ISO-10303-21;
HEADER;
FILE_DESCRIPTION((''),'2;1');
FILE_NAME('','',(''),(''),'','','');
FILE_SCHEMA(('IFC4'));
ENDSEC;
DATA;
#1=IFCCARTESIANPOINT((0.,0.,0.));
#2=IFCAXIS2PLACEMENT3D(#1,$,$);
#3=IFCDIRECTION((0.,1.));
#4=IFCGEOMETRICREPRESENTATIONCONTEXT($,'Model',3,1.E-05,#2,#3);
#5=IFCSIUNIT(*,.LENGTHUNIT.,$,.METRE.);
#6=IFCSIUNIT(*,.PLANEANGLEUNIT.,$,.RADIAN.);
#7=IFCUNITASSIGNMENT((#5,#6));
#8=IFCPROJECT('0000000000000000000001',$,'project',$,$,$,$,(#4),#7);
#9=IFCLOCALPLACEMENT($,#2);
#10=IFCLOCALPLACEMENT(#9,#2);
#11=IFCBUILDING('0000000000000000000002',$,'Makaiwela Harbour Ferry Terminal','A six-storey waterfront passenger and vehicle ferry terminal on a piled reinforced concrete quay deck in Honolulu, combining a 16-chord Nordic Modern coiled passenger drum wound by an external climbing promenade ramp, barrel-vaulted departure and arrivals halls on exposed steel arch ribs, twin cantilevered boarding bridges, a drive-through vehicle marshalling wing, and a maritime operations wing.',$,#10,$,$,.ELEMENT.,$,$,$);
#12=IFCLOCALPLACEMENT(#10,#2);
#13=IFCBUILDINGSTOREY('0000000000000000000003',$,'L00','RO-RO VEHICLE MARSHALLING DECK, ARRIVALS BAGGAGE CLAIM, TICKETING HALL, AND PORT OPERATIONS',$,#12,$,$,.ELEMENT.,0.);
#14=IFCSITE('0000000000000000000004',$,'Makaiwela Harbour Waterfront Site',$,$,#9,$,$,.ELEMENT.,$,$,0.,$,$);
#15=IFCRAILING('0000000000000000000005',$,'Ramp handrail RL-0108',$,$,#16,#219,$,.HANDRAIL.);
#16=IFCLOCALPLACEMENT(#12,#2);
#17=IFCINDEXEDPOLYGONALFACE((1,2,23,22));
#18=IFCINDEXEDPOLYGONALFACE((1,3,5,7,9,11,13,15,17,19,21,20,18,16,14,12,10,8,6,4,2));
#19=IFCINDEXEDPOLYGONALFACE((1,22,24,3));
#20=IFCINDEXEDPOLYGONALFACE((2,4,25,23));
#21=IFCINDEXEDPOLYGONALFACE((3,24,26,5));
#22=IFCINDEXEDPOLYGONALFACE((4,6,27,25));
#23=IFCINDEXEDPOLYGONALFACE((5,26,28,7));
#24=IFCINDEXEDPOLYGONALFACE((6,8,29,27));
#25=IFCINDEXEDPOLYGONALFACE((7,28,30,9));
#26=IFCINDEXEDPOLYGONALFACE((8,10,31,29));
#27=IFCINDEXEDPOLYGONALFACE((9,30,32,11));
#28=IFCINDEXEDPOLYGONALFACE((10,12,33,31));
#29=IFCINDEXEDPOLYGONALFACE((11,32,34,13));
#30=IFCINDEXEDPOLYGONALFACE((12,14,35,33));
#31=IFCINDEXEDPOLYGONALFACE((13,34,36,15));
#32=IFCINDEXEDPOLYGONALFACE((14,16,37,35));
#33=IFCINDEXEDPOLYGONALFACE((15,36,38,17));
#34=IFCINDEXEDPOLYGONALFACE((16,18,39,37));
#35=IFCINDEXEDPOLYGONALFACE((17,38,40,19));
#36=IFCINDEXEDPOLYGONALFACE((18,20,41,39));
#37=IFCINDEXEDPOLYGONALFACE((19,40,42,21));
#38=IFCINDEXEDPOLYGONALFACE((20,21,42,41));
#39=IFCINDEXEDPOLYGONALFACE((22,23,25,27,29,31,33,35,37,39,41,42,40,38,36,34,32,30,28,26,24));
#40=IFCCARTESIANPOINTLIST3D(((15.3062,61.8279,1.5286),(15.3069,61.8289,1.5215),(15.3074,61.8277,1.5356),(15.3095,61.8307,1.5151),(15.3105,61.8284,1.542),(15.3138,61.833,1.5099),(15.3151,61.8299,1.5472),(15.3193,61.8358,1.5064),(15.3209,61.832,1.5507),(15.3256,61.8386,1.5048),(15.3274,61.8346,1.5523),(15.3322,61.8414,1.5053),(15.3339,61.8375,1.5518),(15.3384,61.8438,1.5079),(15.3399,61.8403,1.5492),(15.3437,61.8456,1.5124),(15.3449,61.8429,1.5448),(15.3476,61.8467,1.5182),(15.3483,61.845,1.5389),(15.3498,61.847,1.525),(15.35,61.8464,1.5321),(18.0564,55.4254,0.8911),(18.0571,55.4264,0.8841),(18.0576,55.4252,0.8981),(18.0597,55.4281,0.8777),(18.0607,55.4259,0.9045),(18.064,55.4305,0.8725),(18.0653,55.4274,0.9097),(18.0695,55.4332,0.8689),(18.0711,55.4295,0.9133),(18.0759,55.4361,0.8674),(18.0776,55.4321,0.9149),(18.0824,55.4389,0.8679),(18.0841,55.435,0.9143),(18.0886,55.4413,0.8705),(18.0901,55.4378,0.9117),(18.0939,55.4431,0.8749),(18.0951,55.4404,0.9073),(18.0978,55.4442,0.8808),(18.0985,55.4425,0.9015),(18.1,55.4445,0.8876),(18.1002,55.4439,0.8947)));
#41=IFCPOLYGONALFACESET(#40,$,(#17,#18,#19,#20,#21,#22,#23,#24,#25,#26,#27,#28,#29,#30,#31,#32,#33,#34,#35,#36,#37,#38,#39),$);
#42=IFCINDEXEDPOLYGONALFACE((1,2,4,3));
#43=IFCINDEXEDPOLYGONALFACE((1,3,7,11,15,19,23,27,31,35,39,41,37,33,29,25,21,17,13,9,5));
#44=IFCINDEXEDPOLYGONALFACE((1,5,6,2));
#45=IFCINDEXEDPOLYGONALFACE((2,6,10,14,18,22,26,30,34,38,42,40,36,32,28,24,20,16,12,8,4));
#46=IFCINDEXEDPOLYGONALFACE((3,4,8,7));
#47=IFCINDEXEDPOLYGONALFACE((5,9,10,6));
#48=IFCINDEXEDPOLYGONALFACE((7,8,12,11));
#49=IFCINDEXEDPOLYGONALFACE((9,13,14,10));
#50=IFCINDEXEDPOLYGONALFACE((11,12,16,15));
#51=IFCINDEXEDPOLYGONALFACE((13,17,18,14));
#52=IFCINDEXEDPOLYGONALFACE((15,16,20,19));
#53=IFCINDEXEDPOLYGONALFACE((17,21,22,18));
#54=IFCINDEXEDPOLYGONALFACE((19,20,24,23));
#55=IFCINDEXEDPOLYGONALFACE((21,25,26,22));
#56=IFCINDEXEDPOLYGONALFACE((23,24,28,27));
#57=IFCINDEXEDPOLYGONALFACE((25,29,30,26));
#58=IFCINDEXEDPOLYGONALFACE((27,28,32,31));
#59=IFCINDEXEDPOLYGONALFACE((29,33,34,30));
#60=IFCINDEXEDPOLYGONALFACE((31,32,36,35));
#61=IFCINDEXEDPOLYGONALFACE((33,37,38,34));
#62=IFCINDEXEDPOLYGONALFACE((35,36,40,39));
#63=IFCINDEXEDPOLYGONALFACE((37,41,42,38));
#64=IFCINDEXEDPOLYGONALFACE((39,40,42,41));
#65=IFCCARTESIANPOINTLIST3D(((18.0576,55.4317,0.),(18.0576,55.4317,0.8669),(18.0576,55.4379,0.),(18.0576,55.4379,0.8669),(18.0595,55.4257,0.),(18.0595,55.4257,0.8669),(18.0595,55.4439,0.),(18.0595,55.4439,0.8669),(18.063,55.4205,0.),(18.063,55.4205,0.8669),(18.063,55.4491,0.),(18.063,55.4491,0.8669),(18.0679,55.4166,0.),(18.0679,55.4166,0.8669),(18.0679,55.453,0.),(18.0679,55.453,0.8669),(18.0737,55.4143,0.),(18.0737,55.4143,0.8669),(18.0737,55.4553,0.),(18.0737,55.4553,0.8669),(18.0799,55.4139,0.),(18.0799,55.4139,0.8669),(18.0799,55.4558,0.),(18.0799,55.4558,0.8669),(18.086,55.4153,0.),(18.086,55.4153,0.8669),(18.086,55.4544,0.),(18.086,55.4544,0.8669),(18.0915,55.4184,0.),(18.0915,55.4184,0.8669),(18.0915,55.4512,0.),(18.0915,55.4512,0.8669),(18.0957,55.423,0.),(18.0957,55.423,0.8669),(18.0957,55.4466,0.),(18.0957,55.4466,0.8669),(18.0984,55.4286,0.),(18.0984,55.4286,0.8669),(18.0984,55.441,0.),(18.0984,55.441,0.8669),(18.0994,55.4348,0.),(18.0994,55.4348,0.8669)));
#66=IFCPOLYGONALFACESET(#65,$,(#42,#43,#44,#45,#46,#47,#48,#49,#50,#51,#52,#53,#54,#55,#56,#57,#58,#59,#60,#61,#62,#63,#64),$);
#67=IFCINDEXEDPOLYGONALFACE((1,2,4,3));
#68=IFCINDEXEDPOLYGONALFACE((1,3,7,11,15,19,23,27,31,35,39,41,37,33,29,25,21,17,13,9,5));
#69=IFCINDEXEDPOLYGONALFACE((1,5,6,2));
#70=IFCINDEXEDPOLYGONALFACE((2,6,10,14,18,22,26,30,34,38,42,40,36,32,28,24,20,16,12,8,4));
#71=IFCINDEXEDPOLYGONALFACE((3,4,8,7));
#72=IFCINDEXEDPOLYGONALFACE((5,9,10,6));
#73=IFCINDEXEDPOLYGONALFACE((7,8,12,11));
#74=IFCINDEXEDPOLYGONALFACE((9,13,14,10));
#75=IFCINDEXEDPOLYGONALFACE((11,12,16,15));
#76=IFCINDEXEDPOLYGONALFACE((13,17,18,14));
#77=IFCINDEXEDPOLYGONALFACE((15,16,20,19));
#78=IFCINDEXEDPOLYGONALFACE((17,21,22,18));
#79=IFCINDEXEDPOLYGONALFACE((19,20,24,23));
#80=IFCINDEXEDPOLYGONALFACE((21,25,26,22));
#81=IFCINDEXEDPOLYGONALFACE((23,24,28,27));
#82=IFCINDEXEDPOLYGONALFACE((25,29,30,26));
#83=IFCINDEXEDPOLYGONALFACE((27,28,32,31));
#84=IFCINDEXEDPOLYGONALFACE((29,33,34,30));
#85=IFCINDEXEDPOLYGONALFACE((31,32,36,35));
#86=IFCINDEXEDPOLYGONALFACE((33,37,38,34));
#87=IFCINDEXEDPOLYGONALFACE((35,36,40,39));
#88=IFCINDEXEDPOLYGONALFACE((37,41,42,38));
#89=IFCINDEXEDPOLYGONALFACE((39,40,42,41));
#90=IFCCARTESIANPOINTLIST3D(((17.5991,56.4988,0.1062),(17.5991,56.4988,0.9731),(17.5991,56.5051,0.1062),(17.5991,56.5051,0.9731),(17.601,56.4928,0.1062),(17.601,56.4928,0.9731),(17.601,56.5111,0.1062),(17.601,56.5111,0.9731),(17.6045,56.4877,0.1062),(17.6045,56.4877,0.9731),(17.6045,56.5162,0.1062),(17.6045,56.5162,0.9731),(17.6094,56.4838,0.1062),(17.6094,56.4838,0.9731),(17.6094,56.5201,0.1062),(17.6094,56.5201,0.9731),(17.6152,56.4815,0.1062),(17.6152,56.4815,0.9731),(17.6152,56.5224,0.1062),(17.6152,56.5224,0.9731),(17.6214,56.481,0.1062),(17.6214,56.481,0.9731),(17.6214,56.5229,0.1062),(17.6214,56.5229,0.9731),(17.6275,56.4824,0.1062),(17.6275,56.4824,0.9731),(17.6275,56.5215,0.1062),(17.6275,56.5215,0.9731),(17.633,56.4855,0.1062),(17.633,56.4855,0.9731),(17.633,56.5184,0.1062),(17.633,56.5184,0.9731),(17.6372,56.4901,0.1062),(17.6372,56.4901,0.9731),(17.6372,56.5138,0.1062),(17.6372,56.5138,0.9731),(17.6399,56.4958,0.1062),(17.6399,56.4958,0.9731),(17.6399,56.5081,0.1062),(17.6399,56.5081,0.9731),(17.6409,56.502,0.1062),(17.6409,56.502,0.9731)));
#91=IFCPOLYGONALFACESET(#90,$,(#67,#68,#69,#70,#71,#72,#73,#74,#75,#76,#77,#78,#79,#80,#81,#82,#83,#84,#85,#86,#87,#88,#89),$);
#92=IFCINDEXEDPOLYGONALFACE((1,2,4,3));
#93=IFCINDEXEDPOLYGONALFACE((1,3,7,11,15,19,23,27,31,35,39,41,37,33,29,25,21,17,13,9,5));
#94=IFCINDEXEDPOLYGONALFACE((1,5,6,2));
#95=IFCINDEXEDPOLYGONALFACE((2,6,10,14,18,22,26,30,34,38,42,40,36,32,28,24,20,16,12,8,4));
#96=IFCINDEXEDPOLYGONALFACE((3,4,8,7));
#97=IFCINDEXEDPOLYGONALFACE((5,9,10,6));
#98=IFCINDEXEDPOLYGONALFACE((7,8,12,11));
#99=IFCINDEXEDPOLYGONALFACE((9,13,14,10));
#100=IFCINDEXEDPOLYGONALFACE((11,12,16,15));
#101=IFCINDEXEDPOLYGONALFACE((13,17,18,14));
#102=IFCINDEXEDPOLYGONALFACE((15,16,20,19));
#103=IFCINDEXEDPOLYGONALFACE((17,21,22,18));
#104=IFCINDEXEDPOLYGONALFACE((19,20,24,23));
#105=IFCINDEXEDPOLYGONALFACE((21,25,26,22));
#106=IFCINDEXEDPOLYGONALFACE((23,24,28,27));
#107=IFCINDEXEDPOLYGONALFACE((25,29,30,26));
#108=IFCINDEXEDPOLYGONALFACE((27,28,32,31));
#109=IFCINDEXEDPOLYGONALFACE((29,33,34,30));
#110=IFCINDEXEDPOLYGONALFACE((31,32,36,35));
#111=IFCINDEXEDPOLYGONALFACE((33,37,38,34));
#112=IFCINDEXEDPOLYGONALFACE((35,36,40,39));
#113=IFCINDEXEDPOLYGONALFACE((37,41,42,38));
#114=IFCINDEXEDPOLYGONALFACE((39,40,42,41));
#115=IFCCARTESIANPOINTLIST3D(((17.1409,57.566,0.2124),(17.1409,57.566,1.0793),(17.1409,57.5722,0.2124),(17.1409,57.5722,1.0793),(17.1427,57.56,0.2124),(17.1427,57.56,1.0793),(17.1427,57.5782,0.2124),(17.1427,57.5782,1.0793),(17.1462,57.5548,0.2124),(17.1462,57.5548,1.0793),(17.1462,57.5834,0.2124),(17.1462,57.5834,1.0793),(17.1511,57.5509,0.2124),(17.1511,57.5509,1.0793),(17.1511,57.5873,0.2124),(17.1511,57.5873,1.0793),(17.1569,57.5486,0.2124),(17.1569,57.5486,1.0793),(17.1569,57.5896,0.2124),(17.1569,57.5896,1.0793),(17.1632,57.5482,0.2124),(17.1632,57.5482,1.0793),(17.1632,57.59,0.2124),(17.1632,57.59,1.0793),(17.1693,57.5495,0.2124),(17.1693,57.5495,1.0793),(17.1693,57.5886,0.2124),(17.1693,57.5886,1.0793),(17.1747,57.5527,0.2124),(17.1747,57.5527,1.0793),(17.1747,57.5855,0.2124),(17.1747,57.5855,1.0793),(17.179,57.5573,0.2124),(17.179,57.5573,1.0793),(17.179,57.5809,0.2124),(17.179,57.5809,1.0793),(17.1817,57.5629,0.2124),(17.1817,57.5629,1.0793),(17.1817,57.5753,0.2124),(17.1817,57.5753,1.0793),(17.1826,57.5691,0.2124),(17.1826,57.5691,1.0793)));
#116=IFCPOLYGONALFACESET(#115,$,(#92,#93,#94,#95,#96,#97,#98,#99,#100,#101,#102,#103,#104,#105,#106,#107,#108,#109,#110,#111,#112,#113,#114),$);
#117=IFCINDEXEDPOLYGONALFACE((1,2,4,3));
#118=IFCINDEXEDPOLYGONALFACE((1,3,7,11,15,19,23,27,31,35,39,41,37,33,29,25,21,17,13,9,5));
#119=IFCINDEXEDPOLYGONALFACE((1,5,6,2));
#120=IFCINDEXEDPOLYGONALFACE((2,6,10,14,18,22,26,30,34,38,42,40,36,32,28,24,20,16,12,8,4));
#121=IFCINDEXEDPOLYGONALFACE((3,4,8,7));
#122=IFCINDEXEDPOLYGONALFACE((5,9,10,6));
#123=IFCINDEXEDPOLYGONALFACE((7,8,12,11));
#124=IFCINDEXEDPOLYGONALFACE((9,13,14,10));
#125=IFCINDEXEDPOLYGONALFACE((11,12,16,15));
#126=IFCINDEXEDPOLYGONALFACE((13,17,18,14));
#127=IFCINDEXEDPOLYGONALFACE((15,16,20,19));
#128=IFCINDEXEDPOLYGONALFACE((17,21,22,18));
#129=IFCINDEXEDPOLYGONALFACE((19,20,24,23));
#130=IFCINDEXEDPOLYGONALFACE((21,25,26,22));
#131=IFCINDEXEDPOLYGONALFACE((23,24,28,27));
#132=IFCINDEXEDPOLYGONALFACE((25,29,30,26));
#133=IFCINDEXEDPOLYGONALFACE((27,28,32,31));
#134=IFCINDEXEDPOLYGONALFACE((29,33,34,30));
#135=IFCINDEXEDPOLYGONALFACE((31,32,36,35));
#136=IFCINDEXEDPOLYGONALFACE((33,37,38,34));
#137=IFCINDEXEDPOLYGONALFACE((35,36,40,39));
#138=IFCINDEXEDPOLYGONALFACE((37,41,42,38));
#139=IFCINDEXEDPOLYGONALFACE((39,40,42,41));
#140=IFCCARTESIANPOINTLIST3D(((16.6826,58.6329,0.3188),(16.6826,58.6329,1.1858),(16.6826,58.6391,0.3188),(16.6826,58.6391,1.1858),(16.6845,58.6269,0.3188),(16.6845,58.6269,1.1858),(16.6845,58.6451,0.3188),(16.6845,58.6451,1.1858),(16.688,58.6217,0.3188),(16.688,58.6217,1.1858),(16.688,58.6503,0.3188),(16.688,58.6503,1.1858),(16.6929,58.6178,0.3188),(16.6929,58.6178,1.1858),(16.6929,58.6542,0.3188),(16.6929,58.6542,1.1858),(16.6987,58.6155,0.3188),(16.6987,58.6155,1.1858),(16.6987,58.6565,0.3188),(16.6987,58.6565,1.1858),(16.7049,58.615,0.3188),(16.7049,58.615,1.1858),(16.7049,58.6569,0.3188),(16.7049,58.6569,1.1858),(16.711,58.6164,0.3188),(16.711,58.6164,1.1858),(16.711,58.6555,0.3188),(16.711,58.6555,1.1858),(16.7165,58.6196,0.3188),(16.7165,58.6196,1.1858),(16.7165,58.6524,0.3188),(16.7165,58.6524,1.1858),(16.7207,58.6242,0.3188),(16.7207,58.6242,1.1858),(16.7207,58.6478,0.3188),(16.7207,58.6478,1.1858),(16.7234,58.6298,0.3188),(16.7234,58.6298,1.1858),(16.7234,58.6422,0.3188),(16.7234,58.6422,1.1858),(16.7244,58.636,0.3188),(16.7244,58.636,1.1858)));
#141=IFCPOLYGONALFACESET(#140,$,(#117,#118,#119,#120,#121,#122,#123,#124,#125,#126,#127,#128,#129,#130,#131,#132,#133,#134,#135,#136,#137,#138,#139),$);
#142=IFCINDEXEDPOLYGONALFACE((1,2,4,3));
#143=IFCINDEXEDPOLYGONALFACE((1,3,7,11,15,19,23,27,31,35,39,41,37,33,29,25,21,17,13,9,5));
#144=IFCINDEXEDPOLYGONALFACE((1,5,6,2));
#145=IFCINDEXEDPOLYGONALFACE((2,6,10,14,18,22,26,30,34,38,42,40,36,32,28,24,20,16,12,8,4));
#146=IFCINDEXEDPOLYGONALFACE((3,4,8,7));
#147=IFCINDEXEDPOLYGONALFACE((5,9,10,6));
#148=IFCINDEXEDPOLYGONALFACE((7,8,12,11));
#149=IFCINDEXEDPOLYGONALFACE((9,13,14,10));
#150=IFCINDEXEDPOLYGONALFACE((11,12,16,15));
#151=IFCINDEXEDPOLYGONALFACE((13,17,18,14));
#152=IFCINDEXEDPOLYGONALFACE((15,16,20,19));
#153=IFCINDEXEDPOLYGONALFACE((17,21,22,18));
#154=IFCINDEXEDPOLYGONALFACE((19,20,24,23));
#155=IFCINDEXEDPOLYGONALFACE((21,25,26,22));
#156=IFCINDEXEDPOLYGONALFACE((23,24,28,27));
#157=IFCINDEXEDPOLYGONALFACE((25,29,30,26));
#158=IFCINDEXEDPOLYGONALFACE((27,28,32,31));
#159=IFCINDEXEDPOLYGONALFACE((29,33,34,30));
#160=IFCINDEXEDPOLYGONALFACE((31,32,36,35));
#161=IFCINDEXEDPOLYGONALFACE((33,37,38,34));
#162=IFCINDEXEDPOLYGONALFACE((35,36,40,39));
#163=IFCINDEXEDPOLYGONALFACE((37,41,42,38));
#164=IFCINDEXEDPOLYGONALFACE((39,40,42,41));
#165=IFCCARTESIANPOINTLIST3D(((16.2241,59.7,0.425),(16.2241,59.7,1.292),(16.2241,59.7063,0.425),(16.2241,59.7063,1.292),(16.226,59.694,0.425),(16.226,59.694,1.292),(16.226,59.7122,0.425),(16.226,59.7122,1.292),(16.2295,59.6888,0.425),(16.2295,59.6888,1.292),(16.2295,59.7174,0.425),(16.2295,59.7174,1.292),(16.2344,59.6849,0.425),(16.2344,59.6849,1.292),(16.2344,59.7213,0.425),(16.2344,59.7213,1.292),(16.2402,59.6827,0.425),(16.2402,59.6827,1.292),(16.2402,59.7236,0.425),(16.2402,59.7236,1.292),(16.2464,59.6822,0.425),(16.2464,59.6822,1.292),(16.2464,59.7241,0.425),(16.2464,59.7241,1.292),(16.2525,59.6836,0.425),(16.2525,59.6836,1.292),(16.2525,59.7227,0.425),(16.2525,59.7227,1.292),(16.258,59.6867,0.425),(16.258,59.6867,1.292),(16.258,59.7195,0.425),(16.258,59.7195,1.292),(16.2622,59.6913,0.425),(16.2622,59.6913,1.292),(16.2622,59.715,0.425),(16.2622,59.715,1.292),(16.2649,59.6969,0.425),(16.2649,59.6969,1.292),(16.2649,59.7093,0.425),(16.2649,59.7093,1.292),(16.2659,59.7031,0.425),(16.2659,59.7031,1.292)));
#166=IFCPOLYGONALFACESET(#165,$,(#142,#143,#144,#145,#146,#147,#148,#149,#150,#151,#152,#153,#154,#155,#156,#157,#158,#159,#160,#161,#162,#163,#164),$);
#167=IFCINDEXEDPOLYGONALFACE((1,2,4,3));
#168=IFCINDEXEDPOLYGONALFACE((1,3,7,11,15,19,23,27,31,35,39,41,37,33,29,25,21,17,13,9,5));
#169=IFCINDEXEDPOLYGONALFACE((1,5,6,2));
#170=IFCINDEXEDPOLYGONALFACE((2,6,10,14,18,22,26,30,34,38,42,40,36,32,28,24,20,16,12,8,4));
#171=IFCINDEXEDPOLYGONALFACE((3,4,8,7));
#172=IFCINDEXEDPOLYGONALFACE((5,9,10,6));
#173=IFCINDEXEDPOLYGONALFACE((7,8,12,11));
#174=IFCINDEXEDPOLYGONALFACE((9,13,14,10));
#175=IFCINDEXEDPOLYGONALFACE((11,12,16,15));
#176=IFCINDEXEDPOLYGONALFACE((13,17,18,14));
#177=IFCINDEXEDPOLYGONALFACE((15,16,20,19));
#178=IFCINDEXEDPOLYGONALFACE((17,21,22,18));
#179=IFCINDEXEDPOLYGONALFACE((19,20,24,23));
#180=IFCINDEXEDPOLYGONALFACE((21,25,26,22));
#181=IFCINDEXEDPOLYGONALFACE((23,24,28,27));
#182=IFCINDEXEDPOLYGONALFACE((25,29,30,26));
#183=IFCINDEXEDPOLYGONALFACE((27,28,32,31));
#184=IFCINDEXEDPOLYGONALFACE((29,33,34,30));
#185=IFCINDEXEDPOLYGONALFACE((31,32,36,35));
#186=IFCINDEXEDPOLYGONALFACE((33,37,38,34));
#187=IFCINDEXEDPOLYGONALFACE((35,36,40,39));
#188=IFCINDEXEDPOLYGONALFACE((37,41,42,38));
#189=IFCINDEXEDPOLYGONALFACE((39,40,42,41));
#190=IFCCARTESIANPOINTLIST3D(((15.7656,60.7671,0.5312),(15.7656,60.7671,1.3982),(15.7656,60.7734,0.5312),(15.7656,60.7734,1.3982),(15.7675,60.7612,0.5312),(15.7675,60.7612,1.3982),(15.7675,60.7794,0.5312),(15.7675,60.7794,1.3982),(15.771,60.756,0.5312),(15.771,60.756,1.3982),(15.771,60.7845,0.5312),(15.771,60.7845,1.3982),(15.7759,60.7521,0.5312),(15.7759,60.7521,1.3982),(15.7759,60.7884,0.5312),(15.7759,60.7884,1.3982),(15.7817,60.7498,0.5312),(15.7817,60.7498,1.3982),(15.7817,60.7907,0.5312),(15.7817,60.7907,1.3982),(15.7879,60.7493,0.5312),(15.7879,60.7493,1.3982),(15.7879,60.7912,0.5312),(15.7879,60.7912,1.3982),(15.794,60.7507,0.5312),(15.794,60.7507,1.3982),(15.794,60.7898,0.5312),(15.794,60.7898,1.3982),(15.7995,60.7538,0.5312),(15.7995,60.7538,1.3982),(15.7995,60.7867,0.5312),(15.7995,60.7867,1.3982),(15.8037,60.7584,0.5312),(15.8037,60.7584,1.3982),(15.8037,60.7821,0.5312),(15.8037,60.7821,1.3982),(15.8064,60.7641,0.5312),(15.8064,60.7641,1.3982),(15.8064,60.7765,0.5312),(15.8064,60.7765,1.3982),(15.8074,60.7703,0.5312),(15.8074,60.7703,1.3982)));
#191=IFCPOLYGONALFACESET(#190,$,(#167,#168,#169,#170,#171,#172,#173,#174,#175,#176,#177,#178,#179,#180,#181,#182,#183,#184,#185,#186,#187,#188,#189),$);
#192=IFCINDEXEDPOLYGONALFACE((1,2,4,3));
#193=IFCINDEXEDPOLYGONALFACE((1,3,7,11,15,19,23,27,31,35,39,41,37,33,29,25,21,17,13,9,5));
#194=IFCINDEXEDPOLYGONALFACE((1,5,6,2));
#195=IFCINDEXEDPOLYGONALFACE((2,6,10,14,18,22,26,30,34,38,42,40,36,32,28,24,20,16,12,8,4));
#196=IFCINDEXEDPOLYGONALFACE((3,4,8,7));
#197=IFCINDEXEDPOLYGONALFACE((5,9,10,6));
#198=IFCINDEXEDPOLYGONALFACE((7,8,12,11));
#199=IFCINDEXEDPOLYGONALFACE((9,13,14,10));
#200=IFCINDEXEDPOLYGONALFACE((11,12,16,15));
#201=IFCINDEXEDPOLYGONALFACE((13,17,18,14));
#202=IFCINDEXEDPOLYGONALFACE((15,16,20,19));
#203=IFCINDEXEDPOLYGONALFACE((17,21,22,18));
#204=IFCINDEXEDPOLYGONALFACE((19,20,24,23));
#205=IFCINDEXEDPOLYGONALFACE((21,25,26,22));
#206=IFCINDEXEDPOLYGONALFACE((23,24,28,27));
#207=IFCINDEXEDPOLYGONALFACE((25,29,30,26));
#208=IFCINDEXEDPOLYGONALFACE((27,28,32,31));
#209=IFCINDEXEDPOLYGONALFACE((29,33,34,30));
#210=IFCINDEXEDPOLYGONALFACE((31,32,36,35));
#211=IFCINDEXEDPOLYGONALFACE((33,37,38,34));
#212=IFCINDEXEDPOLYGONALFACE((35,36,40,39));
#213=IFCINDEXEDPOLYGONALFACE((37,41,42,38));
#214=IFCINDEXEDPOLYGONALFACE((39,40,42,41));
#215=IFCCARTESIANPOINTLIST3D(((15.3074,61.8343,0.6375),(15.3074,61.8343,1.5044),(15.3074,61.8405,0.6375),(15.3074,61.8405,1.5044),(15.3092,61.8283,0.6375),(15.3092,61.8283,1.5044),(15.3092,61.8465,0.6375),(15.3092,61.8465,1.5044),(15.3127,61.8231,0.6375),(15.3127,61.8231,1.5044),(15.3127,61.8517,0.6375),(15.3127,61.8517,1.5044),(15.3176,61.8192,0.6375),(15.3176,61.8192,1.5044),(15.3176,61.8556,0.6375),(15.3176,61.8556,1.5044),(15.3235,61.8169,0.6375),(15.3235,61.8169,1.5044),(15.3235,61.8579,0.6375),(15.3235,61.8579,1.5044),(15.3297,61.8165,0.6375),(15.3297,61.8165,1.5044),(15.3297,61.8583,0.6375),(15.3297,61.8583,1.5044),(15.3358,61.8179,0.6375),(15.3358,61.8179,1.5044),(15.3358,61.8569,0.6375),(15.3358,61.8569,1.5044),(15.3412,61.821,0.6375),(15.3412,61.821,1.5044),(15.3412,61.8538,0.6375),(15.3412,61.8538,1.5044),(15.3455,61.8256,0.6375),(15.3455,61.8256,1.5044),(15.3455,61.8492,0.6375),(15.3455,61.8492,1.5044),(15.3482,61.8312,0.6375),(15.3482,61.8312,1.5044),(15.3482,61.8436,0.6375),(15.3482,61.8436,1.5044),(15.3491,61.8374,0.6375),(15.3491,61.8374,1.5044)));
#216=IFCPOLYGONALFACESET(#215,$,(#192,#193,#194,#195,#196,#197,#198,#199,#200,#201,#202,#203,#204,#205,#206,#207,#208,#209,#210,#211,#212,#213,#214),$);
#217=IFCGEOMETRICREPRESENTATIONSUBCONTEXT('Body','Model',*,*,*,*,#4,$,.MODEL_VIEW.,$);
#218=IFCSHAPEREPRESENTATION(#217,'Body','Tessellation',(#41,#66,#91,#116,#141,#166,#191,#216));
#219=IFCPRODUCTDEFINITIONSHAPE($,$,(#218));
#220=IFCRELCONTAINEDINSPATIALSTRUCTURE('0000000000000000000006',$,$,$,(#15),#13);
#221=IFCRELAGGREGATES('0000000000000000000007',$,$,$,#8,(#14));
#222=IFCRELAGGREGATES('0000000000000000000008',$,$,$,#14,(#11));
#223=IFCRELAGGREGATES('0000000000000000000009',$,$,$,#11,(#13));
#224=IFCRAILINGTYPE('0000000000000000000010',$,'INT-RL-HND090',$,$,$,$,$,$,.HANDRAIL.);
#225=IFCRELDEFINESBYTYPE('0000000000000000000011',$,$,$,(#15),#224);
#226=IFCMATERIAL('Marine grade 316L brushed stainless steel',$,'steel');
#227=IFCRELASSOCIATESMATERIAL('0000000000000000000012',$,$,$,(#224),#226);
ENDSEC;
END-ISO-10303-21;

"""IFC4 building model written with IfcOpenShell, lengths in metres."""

from ifc_helpers import new_model, si_unit, direction, frame, origin, origin_2d, place, context, subcontext, project, spatial, circle, extrude, material, type_object, element, save


model = new_model("IFC4")

# Units and contexts
model_context = context("Model", 3, precision=1e-05, world=origin(), true_north=direction((0.0, 1.0)))
body_context = subcontext(model_context, "Body", "Model", "MODEL_VIEW")
ifc_project = project(units=[si_unit("LENGTHUNIT", "METRE"), si_unit("PLANEANGLEUNIT", "RADIAN")], contexts=[model_context])

# Site, building, storey
site_placement = place(None, origin())
site = spatial("IfcSite", under=ifc_project, at=site_placement, Name="Makaiwela Harbour Waterfront Site", CompositionType="ELEMENT", RefElevation=0.0)
building_placement = place(site_placement, origin())
building = spatial("IfcBuilding", under=site, at=building_placement, Name="Makaiwela Harbour Ferry Terminal", Description="A six-storey waterfront passenger and vehicle ferry terminal on a piled reinforced concrete quay deck in Honolulu, combining a 16-chord Nordic Modern coiled passenger drum wound by an external climbing promenade ramp, barrel-vaulted departure and arrivals halls on exposed steel arch ribs, twin cantilevered boarding bridges, a drive-through vehicle marshalling wing, and a maritime operations wing.", CompositionType="ELEMENT")
storey_placement = place(building_placement, origin())
storey = spatial("IfcBuildingStorey", under=building, at=storey_placement, Name="L00", Description="RO-RO VEHICLE MARSHALLING DECK, ARRIVALS BAGGAGE CLAIM, TICKETING HALL, AND PORT OPERATIONS", CompositionType="ELEMENT", Elevation=0.0)

# Railing
ifc_material_1 = material(Name="Marine grade 316L brushed stainless steel", Category="steel")
railing_type_1 = type_object("IfcRailingType", Name="INT-RL-HND090", PredefinedType="HANDRAIL", material=ifc_material_1)
railing_1_placement = place(storey_placement, frame((18.0784, 55.4348, 0.0)))
element("IfcRailing", 1, at=railing_1_placement, inside=storey, type_object=railing_type_1, Name="Ramp handrail RL-0108", PredefinedType="HANDRAIL", context=body_context, shape_type="SweptSolid", body=[
    extrude(circle(Radius=0.0239, at=origin_2d()), frame((0.0, 0.0, 0.8911), z_axis=(-0.393039, 0.914998, 0.091099), x_axis=(-0.918819, -0.39468, 0.0)), (0.0, 0.0, 1.0), 6.9973),
    extrude(circle(Radius=0.021, at=origin_2d()), origin(), (0.0, 0.0, 1.0), 0.8669),
    extrude(circle(Radius=0.021, at=origin_2d()), frame((-0.4585, 1.0671, 0.1062)), (0.0, 0.0, 1.0), 0.8669),
    extrude(circle(Radius=0.021, at=origin_2d()), frame((-0.9167, 2.1343, 0.2124)), (0.0, 0.0, 1.0), 0.8669),
    extrude(circle(Radius=0.021, at=origin_2d()), frame((-1.375, 3.2012, 0.3188)), (0.0, 0.0, 1.0), 0.8669),
    extrude(circle(Radius=0.021, at=origin_2d()), frame((-1.8335, 4.2683, 0.425)), (0.0, 0.0, 1.0), 0.8669),
    extrude(circle(Radius=0.021, at=origin_2d()), frame((-2.292, 5.3354, 0.5312)), (0.0, 0.0, 1.0), 0.8669),
    extrude(circle(Radius=0.021, at=origin_2d()), frame((-2.7502, 6.4026, 0.6375)), (0.0, 0.0, 1.0), 0.8669),
])

save(model, "model.ifc")
